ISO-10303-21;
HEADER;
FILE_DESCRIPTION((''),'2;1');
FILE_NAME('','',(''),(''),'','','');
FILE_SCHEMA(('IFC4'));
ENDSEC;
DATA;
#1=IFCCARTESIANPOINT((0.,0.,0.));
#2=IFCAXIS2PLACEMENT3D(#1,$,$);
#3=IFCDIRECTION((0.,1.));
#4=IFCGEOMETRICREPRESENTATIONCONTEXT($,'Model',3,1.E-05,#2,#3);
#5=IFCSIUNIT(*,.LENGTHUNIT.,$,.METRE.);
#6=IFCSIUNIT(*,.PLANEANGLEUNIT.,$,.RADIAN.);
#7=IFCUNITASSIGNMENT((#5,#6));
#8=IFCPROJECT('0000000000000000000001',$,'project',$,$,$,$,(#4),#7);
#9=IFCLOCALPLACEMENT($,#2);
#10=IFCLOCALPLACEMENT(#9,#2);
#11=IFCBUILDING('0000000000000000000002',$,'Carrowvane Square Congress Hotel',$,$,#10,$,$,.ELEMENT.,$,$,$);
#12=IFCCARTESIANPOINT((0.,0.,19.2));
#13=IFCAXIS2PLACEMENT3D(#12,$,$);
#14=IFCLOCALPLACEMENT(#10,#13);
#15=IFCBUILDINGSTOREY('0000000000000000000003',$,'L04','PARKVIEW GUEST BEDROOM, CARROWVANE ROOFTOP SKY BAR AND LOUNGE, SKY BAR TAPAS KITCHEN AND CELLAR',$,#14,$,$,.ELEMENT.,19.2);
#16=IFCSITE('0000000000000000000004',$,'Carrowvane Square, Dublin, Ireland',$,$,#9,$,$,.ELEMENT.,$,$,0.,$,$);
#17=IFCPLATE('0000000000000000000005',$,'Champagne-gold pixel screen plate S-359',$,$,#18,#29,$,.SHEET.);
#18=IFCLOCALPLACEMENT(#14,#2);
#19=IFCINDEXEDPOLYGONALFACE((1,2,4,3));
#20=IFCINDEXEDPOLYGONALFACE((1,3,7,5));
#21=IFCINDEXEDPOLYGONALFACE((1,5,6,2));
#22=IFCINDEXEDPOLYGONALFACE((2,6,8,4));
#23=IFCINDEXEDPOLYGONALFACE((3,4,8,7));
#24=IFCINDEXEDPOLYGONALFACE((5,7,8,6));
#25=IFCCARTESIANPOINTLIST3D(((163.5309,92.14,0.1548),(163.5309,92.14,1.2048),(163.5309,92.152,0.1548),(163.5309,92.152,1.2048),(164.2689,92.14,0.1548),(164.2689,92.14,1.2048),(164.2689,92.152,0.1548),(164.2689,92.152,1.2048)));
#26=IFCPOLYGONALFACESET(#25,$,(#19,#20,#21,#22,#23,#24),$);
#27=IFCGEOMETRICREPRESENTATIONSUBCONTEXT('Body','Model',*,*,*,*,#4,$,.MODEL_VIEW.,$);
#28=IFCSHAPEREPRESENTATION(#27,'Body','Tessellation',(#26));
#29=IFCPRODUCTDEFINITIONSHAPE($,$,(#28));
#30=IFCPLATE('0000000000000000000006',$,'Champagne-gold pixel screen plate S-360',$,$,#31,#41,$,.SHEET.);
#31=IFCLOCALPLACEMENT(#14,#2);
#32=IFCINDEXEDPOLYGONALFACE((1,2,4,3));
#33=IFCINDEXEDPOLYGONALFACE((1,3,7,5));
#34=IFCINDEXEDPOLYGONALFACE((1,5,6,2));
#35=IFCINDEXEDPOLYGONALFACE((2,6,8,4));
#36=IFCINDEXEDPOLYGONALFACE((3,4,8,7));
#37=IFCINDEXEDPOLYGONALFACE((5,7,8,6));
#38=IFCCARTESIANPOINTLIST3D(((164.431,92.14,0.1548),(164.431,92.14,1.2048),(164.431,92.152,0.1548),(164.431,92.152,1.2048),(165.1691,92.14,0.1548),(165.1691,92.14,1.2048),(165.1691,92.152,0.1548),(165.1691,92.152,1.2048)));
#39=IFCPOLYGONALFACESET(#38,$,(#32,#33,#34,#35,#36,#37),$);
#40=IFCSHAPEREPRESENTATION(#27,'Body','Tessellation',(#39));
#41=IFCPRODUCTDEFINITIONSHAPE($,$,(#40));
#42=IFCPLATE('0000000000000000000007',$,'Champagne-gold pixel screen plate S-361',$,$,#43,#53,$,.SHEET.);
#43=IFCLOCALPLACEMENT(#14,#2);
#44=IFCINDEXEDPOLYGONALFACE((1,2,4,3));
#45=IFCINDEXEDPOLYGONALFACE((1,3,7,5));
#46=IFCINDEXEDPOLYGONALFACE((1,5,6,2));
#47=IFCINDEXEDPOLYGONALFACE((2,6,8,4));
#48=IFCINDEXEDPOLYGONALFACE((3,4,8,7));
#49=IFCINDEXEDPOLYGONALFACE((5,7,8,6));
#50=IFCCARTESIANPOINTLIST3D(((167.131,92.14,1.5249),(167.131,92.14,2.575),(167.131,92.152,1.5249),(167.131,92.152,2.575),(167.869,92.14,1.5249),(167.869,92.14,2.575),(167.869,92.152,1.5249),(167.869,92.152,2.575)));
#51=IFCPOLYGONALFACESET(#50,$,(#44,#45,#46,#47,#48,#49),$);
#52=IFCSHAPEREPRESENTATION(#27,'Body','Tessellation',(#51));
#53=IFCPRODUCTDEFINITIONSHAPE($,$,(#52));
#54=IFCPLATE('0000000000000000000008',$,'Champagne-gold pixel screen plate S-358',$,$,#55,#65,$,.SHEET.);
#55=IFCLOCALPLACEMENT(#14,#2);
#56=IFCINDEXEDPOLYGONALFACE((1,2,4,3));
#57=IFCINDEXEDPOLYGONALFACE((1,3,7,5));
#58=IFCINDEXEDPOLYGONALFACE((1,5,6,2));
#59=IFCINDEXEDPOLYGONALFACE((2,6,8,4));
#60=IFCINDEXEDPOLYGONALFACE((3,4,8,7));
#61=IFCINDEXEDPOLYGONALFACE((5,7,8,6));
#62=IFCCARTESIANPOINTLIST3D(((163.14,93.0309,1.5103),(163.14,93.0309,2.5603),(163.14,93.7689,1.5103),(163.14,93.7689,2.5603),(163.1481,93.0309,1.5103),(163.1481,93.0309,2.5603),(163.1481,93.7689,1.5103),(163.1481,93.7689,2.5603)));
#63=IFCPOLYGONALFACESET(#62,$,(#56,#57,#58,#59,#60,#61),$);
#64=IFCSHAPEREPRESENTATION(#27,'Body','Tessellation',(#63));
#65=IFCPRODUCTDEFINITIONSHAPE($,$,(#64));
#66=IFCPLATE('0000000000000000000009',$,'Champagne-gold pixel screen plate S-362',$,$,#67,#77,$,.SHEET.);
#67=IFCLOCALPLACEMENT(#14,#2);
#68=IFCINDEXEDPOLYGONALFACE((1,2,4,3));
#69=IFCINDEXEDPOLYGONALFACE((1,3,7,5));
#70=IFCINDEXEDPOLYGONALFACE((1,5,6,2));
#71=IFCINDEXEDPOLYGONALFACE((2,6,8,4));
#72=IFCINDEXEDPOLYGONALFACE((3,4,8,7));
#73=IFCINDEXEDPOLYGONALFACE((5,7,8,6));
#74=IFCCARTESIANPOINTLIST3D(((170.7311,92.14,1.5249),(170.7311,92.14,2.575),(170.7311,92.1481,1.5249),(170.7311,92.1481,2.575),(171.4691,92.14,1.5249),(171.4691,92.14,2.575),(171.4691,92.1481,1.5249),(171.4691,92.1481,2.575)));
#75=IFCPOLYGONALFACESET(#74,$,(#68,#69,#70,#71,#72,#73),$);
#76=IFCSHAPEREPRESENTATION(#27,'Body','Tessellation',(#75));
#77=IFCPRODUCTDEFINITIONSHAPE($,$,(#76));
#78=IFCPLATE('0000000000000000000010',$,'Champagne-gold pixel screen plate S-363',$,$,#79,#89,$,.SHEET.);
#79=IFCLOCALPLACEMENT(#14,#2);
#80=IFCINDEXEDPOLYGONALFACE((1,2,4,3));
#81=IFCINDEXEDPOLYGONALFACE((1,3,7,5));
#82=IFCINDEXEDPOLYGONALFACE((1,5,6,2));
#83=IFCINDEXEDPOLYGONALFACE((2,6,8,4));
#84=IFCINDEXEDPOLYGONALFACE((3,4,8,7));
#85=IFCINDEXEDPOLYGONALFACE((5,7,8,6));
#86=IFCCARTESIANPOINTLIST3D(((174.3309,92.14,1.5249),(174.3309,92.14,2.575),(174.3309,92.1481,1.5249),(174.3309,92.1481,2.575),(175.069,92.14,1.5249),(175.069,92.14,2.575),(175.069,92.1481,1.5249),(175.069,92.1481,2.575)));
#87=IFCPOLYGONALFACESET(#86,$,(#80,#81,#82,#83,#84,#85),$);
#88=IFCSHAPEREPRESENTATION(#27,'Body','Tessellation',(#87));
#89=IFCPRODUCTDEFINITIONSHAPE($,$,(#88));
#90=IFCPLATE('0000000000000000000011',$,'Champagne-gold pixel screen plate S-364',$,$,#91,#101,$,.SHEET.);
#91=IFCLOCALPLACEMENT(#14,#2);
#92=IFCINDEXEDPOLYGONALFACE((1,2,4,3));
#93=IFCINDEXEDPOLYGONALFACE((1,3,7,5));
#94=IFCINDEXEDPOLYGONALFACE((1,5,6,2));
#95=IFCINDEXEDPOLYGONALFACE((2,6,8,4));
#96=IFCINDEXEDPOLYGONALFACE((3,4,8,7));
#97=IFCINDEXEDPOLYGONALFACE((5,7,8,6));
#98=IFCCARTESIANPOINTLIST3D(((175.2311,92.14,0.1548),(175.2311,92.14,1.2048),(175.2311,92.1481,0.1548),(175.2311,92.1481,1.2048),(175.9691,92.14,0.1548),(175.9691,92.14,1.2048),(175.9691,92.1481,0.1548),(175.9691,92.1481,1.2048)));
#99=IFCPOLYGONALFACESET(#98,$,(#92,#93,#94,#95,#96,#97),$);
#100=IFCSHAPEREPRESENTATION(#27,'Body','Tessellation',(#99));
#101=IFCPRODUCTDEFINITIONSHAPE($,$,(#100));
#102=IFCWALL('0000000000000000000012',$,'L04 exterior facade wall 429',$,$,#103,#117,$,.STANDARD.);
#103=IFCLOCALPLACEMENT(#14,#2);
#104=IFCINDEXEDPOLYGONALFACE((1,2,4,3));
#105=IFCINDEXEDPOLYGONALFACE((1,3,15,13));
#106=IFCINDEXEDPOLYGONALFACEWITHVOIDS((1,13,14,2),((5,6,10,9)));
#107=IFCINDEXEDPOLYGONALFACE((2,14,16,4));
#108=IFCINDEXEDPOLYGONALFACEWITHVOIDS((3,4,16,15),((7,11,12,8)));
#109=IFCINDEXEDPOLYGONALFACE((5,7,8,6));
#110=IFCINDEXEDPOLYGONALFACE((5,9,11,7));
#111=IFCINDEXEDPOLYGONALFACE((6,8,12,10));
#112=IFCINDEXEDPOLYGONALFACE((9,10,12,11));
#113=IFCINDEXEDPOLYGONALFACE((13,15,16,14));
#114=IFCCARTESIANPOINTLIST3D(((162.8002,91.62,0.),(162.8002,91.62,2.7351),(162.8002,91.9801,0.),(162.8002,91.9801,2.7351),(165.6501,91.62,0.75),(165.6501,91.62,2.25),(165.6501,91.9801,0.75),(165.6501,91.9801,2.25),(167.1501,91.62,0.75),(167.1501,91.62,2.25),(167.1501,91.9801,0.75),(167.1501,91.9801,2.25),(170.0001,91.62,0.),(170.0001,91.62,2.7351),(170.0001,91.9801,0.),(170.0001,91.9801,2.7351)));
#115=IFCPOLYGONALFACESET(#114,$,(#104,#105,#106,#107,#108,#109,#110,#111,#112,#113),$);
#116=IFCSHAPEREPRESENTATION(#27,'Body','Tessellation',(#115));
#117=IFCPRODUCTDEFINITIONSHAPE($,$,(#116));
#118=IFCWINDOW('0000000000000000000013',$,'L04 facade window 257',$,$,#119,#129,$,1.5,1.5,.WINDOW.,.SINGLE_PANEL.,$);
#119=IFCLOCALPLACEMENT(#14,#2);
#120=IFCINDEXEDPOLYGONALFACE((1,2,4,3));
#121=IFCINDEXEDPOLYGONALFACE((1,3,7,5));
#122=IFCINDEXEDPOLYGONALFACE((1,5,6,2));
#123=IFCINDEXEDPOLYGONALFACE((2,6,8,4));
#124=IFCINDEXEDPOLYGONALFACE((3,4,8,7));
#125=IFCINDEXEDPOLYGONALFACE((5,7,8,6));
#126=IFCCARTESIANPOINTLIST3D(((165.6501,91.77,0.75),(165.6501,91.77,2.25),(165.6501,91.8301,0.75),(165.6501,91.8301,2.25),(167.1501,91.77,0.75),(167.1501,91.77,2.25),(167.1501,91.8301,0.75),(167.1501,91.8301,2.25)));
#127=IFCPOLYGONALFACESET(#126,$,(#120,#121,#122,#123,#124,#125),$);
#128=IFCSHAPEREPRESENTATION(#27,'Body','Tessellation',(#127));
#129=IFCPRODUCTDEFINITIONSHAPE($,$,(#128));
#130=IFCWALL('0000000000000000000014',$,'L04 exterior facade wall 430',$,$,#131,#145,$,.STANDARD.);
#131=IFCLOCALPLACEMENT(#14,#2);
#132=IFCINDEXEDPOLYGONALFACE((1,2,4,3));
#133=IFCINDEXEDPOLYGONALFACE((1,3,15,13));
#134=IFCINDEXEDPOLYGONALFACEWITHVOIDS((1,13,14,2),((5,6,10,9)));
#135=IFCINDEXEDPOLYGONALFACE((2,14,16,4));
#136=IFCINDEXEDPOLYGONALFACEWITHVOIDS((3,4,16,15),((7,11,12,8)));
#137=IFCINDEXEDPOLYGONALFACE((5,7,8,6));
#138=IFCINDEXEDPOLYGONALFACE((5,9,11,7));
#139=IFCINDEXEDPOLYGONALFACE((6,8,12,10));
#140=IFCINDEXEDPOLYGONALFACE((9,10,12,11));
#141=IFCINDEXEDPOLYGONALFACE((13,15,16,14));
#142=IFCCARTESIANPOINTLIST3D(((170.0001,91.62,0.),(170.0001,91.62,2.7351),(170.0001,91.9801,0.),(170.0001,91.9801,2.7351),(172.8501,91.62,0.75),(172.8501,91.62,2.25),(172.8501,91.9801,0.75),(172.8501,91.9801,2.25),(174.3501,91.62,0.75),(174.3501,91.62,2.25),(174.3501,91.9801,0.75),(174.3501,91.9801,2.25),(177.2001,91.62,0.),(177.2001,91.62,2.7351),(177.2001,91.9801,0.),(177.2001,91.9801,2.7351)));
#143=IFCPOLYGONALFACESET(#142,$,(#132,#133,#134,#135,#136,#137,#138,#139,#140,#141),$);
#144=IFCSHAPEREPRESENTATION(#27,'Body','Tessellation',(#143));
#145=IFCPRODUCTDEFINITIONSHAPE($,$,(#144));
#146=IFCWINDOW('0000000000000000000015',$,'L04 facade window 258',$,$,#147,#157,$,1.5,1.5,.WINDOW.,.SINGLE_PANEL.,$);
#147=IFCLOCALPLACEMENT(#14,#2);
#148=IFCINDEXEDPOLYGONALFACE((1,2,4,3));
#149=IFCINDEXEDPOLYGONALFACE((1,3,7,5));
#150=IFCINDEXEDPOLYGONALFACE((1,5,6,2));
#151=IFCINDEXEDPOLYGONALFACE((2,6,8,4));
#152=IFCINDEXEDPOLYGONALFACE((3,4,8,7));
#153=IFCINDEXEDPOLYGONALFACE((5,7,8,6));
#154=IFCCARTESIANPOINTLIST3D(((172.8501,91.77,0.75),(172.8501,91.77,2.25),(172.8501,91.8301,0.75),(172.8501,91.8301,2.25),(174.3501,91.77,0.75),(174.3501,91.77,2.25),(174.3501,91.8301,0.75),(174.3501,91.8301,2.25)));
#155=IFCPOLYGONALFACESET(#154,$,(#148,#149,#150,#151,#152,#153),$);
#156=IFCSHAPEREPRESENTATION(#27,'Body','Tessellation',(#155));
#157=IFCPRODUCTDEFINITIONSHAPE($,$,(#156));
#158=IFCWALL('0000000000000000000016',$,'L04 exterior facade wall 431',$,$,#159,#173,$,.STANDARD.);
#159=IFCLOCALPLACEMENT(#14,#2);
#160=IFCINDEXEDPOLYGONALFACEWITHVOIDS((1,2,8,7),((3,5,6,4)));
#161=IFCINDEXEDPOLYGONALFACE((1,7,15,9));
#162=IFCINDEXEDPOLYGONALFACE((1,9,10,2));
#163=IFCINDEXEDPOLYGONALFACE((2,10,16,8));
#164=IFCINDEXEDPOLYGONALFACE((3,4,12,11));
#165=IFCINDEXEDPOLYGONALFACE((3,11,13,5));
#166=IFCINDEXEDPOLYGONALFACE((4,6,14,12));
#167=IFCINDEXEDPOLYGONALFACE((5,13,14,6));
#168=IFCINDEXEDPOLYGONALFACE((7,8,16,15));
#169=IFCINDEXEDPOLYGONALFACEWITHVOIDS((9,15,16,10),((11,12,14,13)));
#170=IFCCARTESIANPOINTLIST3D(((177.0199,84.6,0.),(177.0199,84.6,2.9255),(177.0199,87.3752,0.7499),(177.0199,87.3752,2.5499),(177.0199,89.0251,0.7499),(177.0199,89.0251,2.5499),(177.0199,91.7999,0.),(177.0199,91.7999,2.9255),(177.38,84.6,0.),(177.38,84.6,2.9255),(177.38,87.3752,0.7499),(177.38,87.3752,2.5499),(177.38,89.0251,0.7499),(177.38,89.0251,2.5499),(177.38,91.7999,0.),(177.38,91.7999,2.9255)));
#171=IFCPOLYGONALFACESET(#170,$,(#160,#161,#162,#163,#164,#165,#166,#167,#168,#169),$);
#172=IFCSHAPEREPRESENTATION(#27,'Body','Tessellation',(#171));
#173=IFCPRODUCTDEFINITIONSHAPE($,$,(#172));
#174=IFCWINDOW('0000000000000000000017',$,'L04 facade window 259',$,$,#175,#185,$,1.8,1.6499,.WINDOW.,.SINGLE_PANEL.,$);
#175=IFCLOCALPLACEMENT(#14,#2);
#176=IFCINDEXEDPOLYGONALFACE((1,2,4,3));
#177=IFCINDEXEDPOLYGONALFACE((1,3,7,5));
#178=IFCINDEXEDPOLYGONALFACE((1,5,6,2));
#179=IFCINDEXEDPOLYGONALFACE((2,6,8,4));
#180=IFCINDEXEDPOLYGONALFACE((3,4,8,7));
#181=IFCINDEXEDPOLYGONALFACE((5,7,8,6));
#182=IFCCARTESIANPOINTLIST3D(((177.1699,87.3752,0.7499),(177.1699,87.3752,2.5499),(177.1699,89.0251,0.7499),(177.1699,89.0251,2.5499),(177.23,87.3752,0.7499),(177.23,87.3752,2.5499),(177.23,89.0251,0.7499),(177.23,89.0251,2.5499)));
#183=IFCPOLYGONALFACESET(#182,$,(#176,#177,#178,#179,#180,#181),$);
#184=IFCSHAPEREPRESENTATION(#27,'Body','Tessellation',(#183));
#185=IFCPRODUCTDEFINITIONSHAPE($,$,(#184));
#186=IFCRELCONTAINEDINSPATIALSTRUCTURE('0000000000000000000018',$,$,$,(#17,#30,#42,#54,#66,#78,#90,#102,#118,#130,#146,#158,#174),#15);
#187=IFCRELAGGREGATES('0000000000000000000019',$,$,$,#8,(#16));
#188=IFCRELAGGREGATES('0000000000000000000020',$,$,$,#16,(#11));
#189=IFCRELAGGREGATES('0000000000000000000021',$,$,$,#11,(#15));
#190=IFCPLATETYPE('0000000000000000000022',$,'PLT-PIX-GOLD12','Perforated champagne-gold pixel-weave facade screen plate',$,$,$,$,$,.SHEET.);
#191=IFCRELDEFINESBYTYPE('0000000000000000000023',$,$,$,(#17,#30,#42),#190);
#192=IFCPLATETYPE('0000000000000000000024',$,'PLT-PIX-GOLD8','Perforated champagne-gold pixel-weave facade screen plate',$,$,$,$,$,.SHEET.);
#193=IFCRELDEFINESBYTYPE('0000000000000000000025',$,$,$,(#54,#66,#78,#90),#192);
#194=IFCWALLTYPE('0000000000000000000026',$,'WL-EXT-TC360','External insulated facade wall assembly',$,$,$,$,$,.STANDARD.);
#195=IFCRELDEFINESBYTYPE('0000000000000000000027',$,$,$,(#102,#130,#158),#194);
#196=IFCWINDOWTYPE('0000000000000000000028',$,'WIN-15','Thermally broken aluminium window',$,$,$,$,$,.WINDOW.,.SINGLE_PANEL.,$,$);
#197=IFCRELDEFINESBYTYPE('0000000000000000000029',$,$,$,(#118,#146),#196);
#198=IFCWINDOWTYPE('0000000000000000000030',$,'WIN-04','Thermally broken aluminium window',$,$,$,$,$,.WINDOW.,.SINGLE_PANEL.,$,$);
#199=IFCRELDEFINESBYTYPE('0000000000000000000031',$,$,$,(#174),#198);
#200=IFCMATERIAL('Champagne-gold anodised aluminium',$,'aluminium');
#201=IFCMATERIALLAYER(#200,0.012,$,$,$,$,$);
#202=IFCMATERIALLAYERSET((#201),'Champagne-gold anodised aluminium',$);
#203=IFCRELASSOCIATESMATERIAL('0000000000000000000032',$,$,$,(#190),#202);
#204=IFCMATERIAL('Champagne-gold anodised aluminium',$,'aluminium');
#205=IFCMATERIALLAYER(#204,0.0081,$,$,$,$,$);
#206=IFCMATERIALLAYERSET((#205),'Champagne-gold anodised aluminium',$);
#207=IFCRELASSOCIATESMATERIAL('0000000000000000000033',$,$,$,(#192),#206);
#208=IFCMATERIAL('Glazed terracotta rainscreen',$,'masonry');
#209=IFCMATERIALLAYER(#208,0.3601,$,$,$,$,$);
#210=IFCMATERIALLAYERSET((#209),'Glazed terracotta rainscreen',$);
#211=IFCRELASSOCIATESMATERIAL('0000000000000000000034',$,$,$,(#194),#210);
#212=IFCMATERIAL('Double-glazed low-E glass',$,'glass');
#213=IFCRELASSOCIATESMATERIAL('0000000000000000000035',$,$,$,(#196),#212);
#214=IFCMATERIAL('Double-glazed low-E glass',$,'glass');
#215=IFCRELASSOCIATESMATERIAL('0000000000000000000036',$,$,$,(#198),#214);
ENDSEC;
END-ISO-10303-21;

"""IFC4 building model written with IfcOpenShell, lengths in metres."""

from ifc_helpers import new_model, si_unit, direction, frame, frame_2d, origin, origin_2d, place, context, subcontext, project, spatial, rectangle, extrude, material, layer, layer_set, type_object, element, fill, save


model = new_model("IFC4")

# Units and contexts
model_context = context("Model", 3, precision=1e-05, world=origin(), true_north=direction((0.0, 1.0)))
body_context = subcontext(model_context, "Body", "Model", "MODEL_VIEW")
ifc_project = project(units=[si_unit("LENGTHUNIT", "METRE"), si_unit("PLANEANGLEUNIT", "RADIAN")], contexts=[model_context])

# Site, building, storey
site_placement = place(None, origin())
site = spatial("IfcSite", under=ifc_project, at=site_placement, Name="Carrowvane Square, Dublin, Ireland", CompositionType="ELEMENT", RefElevation=0.0)
building_placement = place(site_placement, origin())
building = spatial("IfcBuilding", under=site, at=building_placement, Name="Carrowvane Square Congress Hotel", CompositionType="ELEMENT")
storey_placement = place(building_placement, frame((0.0, 0.0, 19.2)))
storey = spatial("IfcBuildingStorey", under=building, at=storey_placement, Name="L04", Description="PARKVIEW GUEST BEDROOM, CARROWVANE ROOFTOP SKY BAR AND LOUNGE, SKY BAR TAPAS KITCHEN AND CELLAR", CompositionType="ELEMENT", Elevation=19.2)

# Plates
ifc_material_1 = material(Name="Champagne-gold anodised aluminium", Category="aluminium")
ifc_layer_1 = layer(ifc_material_1, 0.012)
ifc_layer_set_1 = layer_set([ifc_layer_1], Name="Champagne-gold anodised aluminium")
plate_type_1 = type_object("IfcPlateType", Name="PLT-PIX-GOLD12", Description="Perforated champagne-gold pixel-weave facade screen plate", PredefinedType="SHEET", material=ifc_layer_set_1)
for number, where, z_axis, x_axis, name in (
    (1, (163.8999, 92.146, 0.1548), (0.0, 0.0, 1.0), (1.0, 0.0, 0.0), "Champagne-gold pixel screen plate S-359"),
    (2, (164.8, 92.146, 0.1548), (0.0, 0.0, 1.0), (1.0, 0.0, 0.0), "Champagne-gold pixel screen plate S-360"),
    (3, (167.5, 92.146, 1.5249), (0.0, 0.0, 1.0), (1.0, 0.0, 0.0), "Champagne-gold pixel screen plate S-361"),
):
    element("IfcPlate", number, at=place(storey_placement, frame(where, z_axis=z_axis, x_axis=x_axis)), inside=storey, type_object=plate_type_1, Name=name, PredefinedType="SHEET", context=body_context, shape_type="SweptSolid", body=[
        extrude(rectangle(XDim=0.738, YDim=0.012, at=origin_2d()), origin(), (0.0, 0.0, 1.0), 1.05),
    ])
ifc_material_2 = material(Name="Champagne-gold anodised aluminium", Category="aluminium")
ifc_layer_2 = layer(ifc_material_2, 0.0081)
ifc_layer_set_2 = layer_set([ifc_layer_2], Name="Champagne-gold anodised aluminium")
plate_type_2 = type_object("IfcPlateType", Name="PLT-PIX-GOLD8", Description="Perforated champagne-gold pixel-weave facade screen plate", PredefinedType="SHEET", material=ifc_layer_set_2)
for number, where, z_axis, x_axis, name in (
    (4, (163.144, 93.3999, 1.5103), (0.0, 0.0, 1.0), (0.0, -1.0, 0.0), "Champagne-gold pixel screen plate S-358"),
    (5, (171.1001, 92.144, 1.5249), (0.0, 0.0, 1.0), (1.0, 0.0, 0.0), "Champagne-gold pixel screen plate S-362"),
    (6, (174.7, 92.144, 1.5249), (0.0, 0.0, 1.0), (1.0, 0.0, 0.0), "Champagne-gold pixel screen plate S-363"),
    (7, (175.6001, 92.144, 0.1548), (0.0, 0.0, 1.0), (1.0, 0.0, 0.0), "Champagne-gold pixel screen plate S-364"),
):
    element("IfcPlate", number, at=place(storey_placement, frame(where, z_axis=z_axis, x_axis=x_axis)), inside=storey, type_object=plate_type_2, Name=name, PredefinedType="SHEET", context=body_context, shape_type="SweptSolid", body=[
        extrude(rectangle(XDim=0.738, YDim=0.0081, at=origin_2d()), origin(), (0.0, 0.0, 1.0), 1.05),
    ])

# Walls, openings, windows
ifc_material_3 = material(Name="Glazed terracotta rainscreen", Category="masonry")
ifc_layer_3 = layer(ifc_material_3, 0.3601)
ifc_layer_set_3 = layer_set([ifc_layer_3], Name="Glazed terracotta rainscreen")
wall_type_1 = type_object("IfcWallType", Name="WL-EXT-TC360", Description="External insulated facade wall assembly", PredefinedType="STANDARD", material=ifc_layer_set_3)
wall_1_placement = place(storey_placement, frame((162.8, 91.8, 0.0), z_axis=(0.0, 0.0, 1.0), x_axis=(1.0, 0.0, 0.0)))
wall_1 = element("IfcWall", 8, at=wall_1_placement, inside=storey, type_object=wall_type_1, Name="L04 exterior facade wall 429", PredefinedType="STANDARD", context=body_context, shape_type="SweptSolid", body=[
    extrude(rectangle(XDim=7.2, YDim=0.3601, at=frame_2d((3.6001, 0.0))), origin(), (0.0, 0.0, 1.0), 2.7351),
])
opening_1_placement = place(wall_1_placement, frame((2.8501, 0.0, 0.75)))
opening_1 = element("IfcOpeningElement", 9, at=opening_1_placement, cuts=wall_1, PredefinedType="OPENING", context=body_context, shape_type="SweptSolid", body=[
    extrude(rectangle(XDim=1.5, YDim=1.5, at=frame_2d((0.75, 0.75))), frame((0.0, 0.1899, 0.0), z_axis=(0.0, -1.0, 0.0), x_axis=(1.0, 0.0, 0.0)), (0.0, 0.0, 1.0), 0.3801),
])
ifc_material_4 = material(Name="Double-glazed low-E glass", Category="glass")
window_type_1 = type_object("IfcWindowType", Name="WIN-15", Description="Thermally broken aluminium window", PartitioningType="SINGLE_PANEL", PredefinedType="WINDOW", material=ifc_material_4)
window_1_placement = place(opening_1_placement, origin())
window_1 = element("IfcWindow", 10, at=window_1_placement, inside=storey, type_object=window_type_1, Name="L04 facade window 257", OverallHeight=1.5, OverallWidth=1.5, PartitioningType="SINGLE_PANEL", PredefinedType="WINDOW", context=body_context, shape_type="SweptSolid", body=[
    extrude(rectangle(XDim=1.5, YDim=1.5, at=frame_2d((0.75, 0.75))), frame((0.0, 0.03, 0.0), z_axis=(0.0, -1.0, 0.0), x_axis=(1.0, 0.0, 0.0)), (0.0, 0.0, 1.0), 0.0601),
])
fill(opening_1, window_1)
wall_2_placement = place(storey_placement, frame((170.0, 91.8, 0.0), z_axis=(0.0, 0.0, 1.0), x_axis=(1.0, 0.0, 0.0)))
wall_2 = element("IfcWall", 11, at=wall_2_placement, inside=storey, type_object=wall_type_1, Name="L04 exterior facade wall 430", PredefinedType="STANDARD", context=body_context, shape_type="SweptSolid", body=[
    extrude(rectangle(XDim=7.2, YDim=0.3601, at=frame_2d((3.6001, 0.0))), origin(), (0.0, 0.0, 1.0), 2.7351),
])
opening_2_placement = place(wall_2_placement, frame((2.8501, 0.0, 0.75)))
opening_2 = element("IfcOpeningElement", 12, at=opening_2_placement, cuts=wall_2, PredefinedType="OPENING", context=body_context, shape_type="SweptSolid", body=[
    extrude(rectangle(XDim=1.5, YDim=1.5, at=frame_2d((0.75, 0.75))), frame((0.0, 0.1899, 0.0), z_axis=(0.0, -1.0, 0.0), x_axis=(1.0, 0.0, 0.0)), (0.0, 0.0, 1.0), 0.3801),
])
window_2_placement = place(opening_2_placement, origin())
window_2 = element("IfcWindow", 13, at=window_2_placement, inside=storey, type_object=window_type_1, Name="L04 facade window 258", OverallHeight=1.5, OverallWidth=1.5, PartitioningType="SINGLE_PANEL", PredefinedType="WINDOW", context=body_context, shape_type="SweptSolid", body=[
    extrude(rectangle(XDim=1.5, YDim=1.5, at=frame_2d((0.75, 0.75))), frame((0.0, 0.03, 0.0), z_axis=(0.0, -1.0, 0.0), x_axis=(1.0, 0.0, 0.0)), (0.0, 0.0, 1.0), 0.0601),
])
fill(opening_2, window_2)
wall_3_placement = place(storey_placement, frame((177.2, 91.8, 0.0), z_axis=(0.0, 0.0, 1.0), x_axis=(0.0, -1.0, 0.0)))
wall_3 = element("IfcWall", 14, at=wall_3_placement, inside=storey, type_object=wall_type_1, Name="L04 exterior facade wall 431", PredefinedType="STANDARD", context=body_context, shape_type="SweptSolid", body=[
    extrude(rectangle(XDim=7.2, YDim=0.3601, at=frame_2d((3.6001, 0.0))), origin(), (0.0, 0.0, 1.0), 2.9255),
])
opening_3_placement = place(wall_3_placement, frame((2.7749, 0.0, 0.75)))
opening_3 = element("IfcOpeningElement", 15, at=opening_3_placement, cuts=wall_3, PredefinedType="OPENING", context=body_context, shape_type="SweptSolid", body=[
    extrude(rectangle(XDim=1.6499, YDim=1.8, at=frame_2d((0.825, 0.8999))), frame((0.0, 0.1899, 0.0), z_axis=(0.0, -1.0, 0.0), x_axis=(1.0, 0.0, 0.0)), (0.0, 0.0, 1.0), 0.3801),
])
ifc_material_5 = material(Name="Double-glazed low-E glass", Category="glass")
window_type_2 = type_object("IfcWindowType", Name="WIN-04", Description="Thermally broken aluminium window", PartitioningType="SINGLE_PANEL", PredefinedType="WINDOW", material=ifc_material_5)
window_3_placement = place(opening_3_placement, origin())
window_3 = element("IfcWindow", 16, at=window_3_placement, inside=storey, type_object=window_type_2, Name="L04 facade window 259", OverallHeight=1.8, OverallWidth=1.6499, PartitioningType="SINGLE_PANEL", PredefinedType="WINDOW", context=body_context, shape_type="SweptSolid", body=[
    extrude(rectangle(XDim=1.6499, YDim=1.8, at=frame_2d((0.825, 0.8999))), frame((0.0, 0.03, 0.0), z_axis=(0.0, -1.0, 0.0), x_axis=(1.0, 0.0, 0.0)), (0.0, 0.0, 1.0), 0.0601),
])
fill(opening_3, window_3)

save(model, "model.ifc")
